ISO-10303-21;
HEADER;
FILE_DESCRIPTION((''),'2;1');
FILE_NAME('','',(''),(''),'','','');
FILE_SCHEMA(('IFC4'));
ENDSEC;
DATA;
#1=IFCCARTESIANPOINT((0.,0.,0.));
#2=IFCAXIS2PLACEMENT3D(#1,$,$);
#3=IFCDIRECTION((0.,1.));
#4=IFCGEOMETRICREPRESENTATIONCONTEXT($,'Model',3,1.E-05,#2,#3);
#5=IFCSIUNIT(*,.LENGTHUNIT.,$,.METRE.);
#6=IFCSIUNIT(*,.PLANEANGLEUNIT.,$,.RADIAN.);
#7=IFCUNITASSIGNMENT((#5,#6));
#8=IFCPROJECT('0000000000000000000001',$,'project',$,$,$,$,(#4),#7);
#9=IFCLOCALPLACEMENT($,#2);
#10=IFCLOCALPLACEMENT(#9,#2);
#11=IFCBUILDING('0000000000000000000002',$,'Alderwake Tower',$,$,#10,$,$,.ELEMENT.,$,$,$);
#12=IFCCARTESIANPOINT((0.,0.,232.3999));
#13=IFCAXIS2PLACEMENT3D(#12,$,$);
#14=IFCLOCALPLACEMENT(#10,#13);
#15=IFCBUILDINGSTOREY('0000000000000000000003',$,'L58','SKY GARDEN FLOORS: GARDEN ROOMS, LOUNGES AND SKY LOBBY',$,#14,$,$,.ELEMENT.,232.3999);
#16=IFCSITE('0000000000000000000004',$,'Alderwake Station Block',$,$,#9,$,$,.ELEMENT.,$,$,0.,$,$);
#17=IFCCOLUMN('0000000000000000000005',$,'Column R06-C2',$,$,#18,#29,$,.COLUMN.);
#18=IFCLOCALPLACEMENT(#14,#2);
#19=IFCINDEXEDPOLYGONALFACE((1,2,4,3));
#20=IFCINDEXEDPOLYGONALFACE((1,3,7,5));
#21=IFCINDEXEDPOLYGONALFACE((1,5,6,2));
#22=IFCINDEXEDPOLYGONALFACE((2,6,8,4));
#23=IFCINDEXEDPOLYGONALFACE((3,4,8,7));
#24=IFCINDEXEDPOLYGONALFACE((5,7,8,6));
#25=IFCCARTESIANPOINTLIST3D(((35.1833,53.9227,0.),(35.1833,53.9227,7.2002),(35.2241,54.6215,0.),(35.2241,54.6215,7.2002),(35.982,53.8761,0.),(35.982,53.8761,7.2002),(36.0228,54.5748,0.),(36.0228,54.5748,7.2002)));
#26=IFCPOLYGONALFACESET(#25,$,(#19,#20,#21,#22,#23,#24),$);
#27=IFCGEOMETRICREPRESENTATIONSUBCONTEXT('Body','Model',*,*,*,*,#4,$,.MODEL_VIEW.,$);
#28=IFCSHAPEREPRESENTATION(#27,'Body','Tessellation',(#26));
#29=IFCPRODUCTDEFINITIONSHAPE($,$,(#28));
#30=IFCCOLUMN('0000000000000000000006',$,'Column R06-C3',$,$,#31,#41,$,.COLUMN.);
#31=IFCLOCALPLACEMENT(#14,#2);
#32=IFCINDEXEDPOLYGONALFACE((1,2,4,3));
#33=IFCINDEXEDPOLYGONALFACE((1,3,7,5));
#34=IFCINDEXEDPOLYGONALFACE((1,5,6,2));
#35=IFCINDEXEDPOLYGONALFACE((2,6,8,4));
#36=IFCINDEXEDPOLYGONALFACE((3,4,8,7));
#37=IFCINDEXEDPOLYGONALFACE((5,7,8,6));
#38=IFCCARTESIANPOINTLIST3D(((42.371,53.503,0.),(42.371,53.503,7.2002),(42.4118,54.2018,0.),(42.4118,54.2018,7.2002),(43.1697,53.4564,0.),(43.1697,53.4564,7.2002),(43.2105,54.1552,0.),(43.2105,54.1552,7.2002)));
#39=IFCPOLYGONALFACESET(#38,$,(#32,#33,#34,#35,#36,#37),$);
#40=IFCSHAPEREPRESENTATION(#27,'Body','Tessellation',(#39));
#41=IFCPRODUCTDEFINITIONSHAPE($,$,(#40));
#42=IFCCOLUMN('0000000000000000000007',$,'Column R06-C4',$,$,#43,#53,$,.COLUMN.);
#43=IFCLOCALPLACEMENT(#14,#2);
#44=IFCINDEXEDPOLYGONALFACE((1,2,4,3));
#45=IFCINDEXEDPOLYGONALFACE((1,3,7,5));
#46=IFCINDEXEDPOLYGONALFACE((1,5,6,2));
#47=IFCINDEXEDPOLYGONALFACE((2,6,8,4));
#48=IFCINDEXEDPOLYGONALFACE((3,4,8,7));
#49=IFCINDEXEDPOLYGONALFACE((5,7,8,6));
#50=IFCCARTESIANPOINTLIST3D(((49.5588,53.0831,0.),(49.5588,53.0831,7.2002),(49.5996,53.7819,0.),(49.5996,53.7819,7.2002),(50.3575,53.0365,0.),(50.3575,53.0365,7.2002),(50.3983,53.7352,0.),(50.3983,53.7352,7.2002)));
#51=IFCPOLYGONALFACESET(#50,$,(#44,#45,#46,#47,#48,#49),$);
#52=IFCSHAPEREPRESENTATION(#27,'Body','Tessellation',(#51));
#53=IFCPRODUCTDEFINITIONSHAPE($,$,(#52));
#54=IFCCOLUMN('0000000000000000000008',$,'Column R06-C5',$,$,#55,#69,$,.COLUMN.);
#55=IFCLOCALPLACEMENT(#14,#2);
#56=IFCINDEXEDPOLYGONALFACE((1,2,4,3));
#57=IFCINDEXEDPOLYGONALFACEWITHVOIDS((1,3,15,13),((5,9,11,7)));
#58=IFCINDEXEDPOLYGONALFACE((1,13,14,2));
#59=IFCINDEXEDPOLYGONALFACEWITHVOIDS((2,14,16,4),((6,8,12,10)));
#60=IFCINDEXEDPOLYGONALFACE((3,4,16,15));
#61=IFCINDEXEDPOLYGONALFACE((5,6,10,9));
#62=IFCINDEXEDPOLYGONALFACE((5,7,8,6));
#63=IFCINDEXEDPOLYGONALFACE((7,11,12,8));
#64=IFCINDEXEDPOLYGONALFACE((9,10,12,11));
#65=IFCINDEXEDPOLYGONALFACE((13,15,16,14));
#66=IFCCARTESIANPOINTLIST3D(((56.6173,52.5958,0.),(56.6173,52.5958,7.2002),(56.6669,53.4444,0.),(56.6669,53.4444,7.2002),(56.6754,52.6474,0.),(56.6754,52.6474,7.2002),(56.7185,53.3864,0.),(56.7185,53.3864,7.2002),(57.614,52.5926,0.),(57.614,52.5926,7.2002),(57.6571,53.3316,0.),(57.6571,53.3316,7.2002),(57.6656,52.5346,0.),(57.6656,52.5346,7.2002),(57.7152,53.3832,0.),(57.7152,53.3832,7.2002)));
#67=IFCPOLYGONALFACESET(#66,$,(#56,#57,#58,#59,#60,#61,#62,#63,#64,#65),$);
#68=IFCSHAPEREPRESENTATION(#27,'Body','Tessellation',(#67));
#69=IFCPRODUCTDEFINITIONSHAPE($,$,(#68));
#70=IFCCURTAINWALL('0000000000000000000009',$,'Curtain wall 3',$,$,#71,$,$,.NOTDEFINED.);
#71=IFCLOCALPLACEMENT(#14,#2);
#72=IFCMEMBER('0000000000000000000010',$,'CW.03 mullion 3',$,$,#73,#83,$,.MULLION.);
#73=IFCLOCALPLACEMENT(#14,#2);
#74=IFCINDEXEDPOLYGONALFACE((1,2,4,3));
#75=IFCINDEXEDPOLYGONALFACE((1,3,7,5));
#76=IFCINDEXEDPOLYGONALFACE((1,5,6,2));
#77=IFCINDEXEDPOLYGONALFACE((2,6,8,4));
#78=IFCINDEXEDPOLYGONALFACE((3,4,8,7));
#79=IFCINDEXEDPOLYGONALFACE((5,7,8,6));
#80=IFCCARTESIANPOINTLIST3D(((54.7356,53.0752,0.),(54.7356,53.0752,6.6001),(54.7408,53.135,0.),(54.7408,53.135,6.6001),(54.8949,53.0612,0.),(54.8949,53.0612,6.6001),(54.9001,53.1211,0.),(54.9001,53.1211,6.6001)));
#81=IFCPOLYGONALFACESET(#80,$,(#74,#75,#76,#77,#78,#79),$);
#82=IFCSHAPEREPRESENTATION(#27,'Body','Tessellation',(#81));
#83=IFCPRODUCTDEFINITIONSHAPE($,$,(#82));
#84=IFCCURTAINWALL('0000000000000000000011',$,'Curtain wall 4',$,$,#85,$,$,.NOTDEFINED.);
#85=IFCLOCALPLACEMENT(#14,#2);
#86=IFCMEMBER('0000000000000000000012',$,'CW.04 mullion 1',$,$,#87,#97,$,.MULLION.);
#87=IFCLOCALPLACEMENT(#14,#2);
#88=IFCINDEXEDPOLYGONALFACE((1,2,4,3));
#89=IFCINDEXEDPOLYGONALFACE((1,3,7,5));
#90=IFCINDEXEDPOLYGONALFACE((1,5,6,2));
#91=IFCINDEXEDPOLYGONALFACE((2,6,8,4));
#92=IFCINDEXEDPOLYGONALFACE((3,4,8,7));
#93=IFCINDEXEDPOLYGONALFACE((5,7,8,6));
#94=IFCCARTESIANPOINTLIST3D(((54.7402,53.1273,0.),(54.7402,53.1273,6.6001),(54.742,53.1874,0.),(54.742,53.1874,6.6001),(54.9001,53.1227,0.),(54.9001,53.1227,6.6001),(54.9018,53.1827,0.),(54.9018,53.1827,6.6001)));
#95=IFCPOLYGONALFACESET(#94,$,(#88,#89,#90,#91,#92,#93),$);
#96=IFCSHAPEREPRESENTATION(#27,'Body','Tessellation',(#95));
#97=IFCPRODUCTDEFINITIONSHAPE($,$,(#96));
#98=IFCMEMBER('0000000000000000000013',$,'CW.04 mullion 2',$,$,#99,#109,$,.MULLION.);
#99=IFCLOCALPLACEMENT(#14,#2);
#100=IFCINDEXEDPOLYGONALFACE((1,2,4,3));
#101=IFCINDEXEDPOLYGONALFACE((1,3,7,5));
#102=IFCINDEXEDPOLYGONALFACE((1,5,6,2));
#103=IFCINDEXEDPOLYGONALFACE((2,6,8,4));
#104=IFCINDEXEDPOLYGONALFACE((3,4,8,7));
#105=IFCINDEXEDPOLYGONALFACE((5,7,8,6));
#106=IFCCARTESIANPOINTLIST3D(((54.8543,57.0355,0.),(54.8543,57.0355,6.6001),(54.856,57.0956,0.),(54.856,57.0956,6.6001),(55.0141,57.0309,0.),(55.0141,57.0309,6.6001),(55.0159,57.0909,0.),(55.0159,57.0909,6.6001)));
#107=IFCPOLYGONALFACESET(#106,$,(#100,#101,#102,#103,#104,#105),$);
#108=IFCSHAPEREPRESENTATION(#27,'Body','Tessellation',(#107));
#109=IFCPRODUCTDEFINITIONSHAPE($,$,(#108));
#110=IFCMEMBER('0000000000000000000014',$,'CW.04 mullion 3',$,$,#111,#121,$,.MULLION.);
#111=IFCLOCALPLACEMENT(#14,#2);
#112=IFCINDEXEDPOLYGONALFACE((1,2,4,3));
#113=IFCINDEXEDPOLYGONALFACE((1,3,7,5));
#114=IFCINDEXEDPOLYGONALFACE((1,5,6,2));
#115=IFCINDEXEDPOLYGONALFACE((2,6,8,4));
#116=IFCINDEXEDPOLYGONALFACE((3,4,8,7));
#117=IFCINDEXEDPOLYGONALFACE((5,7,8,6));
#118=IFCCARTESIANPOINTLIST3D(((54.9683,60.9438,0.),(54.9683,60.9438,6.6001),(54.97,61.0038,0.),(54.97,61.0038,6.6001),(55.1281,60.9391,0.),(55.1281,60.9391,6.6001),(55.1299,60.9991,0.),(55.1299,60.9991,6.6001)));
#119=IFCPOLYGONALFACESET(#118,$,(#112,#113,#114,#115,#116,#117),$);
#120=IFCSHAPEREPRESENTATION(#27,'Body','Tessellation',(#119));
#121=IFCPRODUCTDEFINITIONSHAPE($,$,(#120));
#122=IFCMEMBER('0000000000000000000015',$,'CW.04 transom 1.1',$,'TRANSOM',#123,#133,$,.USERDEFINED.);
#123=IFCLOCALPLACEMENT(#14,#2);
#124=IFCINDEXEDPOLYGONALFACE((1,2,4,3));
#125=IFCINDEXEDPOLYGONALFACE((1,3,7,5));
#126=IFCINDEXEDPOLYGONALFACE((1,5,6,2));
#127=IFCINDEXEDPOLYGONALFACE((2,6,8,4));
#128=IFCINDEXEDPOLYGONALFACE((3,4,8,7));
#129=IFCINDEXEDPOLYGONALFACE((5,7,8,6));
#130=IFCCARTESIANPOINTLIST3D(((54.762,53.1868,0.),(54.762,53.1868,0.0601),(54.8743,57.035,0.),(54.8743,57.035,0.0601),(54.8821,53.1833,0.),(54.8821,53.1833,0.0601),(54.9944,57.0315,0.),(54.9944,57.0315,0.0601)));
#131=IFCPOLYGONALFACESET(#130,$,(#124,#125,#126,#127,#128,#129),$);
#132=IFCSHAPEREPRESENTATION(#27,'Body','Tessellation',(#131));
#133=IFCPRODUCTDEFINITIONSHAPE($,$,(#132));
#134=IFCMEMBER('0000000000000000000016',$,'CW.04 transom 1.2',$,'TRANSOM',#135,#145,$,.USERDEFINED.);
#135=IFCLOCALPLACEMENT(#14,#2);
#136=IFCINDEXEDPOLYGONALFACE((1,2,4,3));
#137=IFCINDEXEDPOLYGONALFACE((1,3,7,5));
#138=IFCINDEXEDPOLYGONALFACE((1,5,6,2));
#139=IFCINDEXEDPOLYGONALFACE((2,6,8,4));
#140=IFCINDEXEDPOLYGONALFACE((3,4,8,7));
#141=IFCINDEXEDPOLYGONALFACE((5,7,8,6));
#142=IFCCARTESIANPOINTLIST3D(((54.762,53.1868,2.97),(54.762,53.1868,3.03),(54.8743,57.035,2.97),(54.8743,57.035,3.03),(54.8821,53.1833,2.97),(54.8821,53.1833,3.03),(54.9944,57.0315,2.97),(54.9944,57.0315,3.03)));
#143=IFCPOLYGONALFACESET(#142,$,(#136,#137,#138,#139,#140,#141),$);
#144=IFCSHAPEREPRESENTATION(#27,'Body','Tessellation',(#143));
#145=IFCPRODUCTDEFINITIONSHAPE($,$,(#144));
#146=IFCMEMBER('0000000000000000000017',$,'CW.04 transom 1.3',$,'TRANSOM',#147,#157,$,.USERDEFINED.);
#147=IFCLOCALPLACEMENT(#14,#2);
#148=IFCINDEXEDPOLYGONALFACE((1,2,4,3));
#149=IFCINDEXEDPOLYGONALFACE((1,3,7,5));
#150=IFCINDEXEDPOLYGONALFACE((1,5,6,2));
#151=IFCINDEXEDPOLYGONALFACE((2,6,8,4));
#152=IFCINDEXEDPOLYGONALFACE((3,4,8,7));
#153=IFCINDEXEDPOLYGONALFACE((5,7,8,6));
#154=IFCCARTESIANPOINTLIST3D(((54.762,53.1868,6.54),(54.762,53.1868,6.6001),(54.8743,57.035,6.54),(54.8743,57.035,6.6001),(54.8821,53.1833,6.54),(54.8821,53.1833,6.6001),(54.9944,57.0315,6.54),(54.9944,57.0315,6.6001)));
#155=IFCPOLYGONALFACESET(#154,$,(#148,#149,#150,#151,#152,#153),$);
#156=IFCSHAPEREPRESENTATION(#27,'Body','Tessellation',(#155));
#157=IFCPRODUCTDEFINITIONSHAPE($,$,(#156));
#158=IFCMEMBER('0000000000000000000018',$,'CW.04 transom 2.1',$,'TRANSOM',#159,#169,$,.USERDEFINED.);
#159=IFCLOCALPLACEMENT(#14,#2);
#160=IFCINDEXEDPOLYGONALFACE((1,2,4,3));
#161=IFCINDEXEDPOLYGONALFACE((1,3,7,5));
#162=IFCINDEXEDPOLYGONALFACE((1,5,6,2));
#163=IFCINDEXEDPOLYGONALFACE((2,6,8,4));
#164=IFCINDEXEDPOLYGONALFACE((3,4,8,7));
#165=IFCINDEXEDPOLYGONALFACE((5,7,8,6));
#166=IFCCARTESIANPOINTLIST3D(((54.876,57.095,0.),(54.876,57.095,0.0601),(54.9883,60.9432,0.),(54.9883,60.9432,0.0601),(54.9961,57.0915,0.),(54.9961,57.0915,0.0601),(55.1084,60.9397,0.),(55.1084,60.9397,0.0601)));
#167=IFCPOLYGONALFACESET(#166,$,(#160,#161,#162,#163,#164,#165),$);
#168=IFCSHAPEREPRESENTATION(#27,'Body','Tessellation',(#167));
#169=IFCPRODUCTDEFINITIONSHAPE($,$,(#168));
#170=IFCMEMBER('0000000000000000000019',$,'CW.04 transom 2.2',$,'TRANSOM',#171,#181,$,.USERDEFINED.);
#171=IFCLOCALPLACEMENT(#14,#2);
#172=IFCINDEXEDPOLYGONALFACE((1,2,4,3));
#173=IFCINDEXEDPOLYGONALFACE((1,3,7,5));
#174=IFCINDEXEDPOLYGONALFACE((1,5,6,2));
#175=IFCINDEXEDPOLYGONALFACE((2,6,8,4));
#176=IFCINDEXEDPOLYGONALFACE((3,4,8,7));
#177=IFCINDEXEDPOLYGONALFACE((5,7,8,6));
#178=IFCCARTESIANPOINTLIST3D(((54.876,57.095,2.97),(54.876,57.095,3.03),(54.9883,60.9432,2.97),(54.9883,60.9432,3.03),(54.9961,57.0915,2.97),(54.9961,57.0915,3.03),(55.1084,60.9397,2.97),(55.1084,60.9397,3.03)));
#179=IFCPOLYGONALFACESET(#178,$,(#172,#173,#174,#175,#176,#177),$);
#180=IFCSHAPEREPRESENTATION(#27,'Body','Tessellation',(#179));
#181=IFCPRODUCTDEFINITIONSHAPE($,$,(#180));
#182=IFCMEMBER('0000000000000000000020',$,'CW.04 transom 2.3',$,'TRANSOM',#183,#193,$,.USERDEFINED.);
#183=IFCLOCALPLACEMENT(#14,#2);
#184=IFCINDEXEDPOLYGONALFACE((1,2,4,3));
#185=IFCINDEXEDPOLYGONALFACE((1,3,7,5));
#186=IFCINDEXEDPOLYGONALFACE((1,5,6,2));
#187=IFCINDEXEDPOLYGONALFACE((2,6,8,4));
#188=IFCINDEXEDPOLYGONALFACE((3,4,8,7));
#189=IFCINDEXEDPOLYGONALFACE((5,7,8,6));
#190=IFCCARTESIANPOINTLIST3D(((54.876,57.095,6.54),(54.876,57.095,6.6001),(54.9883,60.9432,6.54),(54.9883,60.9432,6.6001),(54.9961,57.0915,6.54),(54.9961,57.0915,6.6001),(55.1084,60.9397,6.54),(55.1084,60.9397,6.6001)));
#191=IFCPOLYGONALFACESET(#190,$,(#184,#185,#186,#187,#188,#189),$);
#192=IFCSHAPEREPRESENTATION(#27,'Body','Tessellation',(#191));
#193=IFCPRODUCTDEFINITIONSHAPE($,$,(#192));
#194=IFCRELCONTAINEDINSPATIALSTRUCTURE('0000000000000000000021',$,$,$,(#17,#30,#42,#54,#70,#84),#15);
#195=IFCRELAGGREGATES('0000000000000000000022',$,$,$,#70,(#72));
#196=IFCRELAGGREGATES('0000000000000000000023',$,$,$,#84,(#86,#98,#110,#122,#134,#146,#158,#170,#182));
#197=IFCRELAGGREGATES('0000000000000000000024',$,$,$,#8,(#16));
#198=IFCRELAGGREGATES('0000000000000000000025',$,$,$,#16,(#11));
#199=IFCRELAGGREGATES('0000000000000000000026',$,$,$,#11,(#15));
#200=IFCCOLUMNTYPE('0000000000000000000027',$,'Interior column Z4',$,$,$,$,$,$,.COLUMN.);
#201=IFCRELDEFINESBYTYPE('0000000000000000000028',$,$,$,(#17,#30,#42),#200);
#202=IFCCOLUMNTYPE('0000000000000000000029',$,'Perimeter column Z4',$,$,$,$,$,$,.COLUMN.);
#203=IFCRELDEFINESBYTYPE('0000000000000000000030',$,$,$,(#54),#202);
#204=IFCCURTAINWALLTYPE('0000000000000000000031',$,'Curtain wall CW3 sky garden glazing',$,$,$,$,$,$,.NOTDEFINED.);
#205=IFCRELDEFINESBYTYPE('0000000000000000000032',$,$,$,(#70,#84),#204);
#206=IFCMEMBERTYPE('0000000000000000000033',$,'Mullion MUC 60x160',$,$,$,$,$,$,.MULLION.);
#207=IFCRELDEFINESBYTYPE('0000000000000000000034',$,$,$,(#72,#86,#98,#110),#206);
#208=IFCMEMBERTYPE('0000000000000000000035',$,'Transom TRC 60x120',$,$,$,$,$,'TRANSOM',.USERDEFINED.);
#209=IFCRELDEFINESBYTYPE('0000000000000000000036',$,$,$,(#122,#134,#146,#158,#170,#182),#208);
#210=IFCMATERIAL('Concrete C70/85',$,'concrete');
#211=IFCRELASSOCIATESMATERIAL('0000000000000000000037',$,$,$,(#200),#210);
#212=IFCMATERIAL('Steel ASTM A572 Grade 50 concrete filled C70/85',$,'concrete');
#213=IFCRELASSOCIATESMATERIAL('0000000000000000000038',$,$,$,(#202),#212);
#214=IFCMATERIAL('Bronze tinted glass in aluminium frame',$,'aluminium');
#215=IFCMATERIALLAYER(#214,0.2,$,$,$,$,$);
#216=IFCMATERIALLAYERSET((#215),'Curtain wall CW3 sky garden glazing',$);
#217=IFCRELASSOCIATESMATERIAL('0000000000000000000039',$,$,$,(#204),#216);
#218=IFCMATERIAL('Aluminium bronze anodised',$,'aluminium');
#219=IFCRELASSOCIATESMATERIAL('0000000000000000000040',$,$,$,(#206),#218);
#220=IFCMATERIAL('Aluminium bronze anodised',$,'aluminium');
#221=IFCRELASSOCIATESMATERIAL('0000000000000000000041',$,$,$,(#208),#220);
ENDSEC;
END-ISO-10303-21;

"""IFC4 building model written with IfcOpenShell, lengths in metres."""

from ifc_helpers import new_model, si_unit, direction, frame, origin, origin_2d, place, context, subcontext, project, spatial, rectangle, hollow_rectangle, extrude, material, layer, layer_set, material_profile, profile_set, type_object, element, aggregate, save


model = new_model("IFC4")

# Units and contexts
model_context = context("Model", 3, precision=1e-05, world=origin(), true_north=direction((0.0, 1.0)))
body_context = subcontext(model_context, "Body", "Model", "MODEL_VIEW")
ifc_project = project(units=[si_unit("LENGTHUNIT", "METRE"), si_unit("PLANEANGLEUNIT", "RADIAN")], contexts=[model_context])

# Site, building, storey
site_placement = place(None, origin())
site = spatial("IfcSite", under=ifc_project, at=site_placement, Name="Alderwake Station Block", CompositionType="ELEMENT", RefElevation=0.0)
building_placement = place(site_placement, origin())
building = spatial("IfcBuilding", under=site, at=building_placement, Name="Alderwake Tower", CompositionType="ELEMENT")
storey_placement = place(building_placement, frame((0.0, 0.0, 232.3999)))
storey = spatial("IfcBuildingStorey", under=building, at=storey_placement, Name="L58", Description="SKY GARDEN FLOORS: GARDEN ROOMS, LOUNGES AND SKY LOBBY", CompositionType="ELEMENT", Elevation=232.3999)

# Columns
ifc_material_1 = material(Name="Concrete C70/85", Category="concrete")
ifc_material_profile_1 = material_profile(ifc_material_1, rectangle(XDim=0.7, YDim=0.8, at=origin_2d()), Name="RC 800X700")
ifc_profile_set_1 = profile_set([ifc_material_profile_1], Name="Concrete C70/85")
column_type_1 = type_object("IfcColumnType", Name="Interior column Z4", PredefinedType="COLUMN", material=ifc_profile_set_1)
for number, where, z_axis, x_axis, name in (
    (1, (35.603, 54.2488, 0.0), (0.0, 0.0, 1.0), (0.058301, 0.998299, 0.0), "Column R06-C2"),
    (2, (42.7908, 53.8291, 0.0), (0.0, 0.0, 1.0), (0.058299, 0.998299, 0.0), "Column R06-C3"),
    (3, (49.9785, 53.4092, 0.0), (0.0, 0.0, 1.0), (0.058301, 0.998299, 0.0), "Column R06-C4"),
):
    element("IfcColumn", number, at=place(storey_placement, frame(where, z_axis=z_axis, x_axis=x_axis)), inside=storey, type_object=column_type_1, Name=name, PredefinedType="COLUMN", context=body_context, shape_type="SweptSolid", body=[
        extrude(rectangle(XDim=0.7, YDim=0.8, at=origin_2d()), origin(), (0.0, 0.0, 1.0), 7.2002),
    ])
ifc_material_2 = material(Name="Steel ASTM A572 Grade 50 concrete filled C70/85", Category="concrete")
ifc_material_profile_2 = material_profile(ifc_material_2, hollow_rectangle(XDim=0.8501, YDim=1.05, WallThickness=0.0549, at=origin_2d()), Name="BOX 1050X850X55")
ifc_profile_set_2 = profile_set([ifc_material_profile_2], Name="Steel ASTM A572 Grade 50 concrete filled C70/85")
column_type_2 = type_object("IfcColumnType", Name="Perimeter column Z4", PredefinedType="COLUMN", material=ifc_profile_set_2)
column_placement = place(storey_placement, frame((57.1663, 52.9895, 0.0), z_axis=(0.0, 0.0, 1.0), x_axis=(0.058301, 0.998299, 0.0)))
element("IfcColumn", 4, at=column_placement, inside=storey, type_object=column_type_2, Name="Column R06-C5", PredefinedType="COLUMN", context=body_context, shape_type="SweptSolid", body=[
    extrude(hollow_rectangle(XDim=0.8501, YDim=1.05, WallThickness=0.0549, at=origin_2d()), origin(), (0.0, 0.0, 1.0), 7.2002),
])

# Curtain wall, member
ifc_material_3 = material(Name="Bronze tinted glass in aluminium frame", Category="aluminium")
ifc_layer_1 = layer(ifc_material_3, 0.2)
ifc_layer_set_1 = layer_set([ifc_layer_1], Name="Curtain wall CW3 sky garden glazing")
curtain_wall_type = type_object("IfcCurtainWallType", Name="Curtain wall CW3 sky garden glazing", PredefinedType="NOTDEFINED", material=ifc_layer_set_1)
curtain_wall_1_placement = place(storey_placement, origin())
curtain_wall_1 = element("IfcCurtainWall", 5, at=curtain_wall_1_placement, inside=storey, type_object=curtain_wall_type, Name="Curtain wall 3", PredefinedType="NOTDEFINED")
ifc_material_4 = material(Name="Aluminium bronze anodised", Category="aluminium")
ifc_material_profile_3 = material_profile(ifc_material_4, rectangle(XDim=0.1599, YDim=0.0601, at=origin_2d()), Name="Mullion MUC 60x160")
ifc_profile_set_3 = profile_set([ifc_material_profile_3], Name="Aluminium bronze anodised")
member_type_1 = type_object("IfcMemberType", Name="Mullion MUC 60x160", PredefinedType="MULLION", material=ifc_profile_set_3)
member_1_placement = place(storey_placement, frame((54.8179, 53.0981, 0.0), z_axis=(0.0, 0.0, 1.0), x_axis=(-0.996174, 0.08739, 0.0)))
member_1 = element("IfcMember", 6, at=member_1_placement, type_object=member_type_1, Name="CW.03 mullion 3", PredefinedType="MULLION", context=body_context, shape_type="SweptSolid", body=[
    extrude(rectangle(XDim=0.1599, YDim=0.0601, at=origin_2d()), origin(), (0.0, 0.0, 1.0), 6.6001),
])

# Curtain wall, members
curtain_wall_2_placement = place(storey_placement, origin())
curtain_wall_2 = element("IfcCurtainWall", 7, at=curtain_wall_2_placement, inside=storey, type_object=curtain_wall_type, Name="Curtain wall 4", PredefinedType="NOTDEFINED")
member_2_placement = place(storey_placement, frame((54.821, 53.155, 0.0), z_axis=(0.0, 0.0, 1.0), x_axis=(-0.999575, 0.029163, 0.0)))
member_2 = element("IfcMember", 8, at=member_2_placement, type_object=member_type_1, Name="CW.04 mullion 1", PredefinedType="MULLION", context=body_context, shape_type="SweptSolid", body=[
    extrude(rectangle(XDim=0.1599, YDim=0.0601, at=origin_2d()), origin(), (0.0, 0.0, 1.0), 6.6001),
])
member_3_placement = place(storey_placement, frame((54.9351, 57.0632, 0.0), z_axis=(0.0, 0.0, 1.0), x_axis=(-0.999575, 0.029163, 0.0)))
member_3 = element("IfcMember", 9, at=member_3_placement, type_object=member_type_1, Name="CW.04 mullion 2", PredefinedType="MULLION", context=body_context, shape_type="SweptSolid", body=[
    extrude(rectangle(XDim=0.1599, YDim=0.0601, at=origin_2d()), origin(), (0.0, 0.0, 1.0), 6.6001),
])
member_4_placement = place(storey_placement, frame((55.0491, 60.9714, 0.0), z_axis=(0.0, 0.0, 1.0), x_axis=(-0.999575, 0.029163, 0.0)))
member_4 = element("IfcMember", 10, at=member_4_placement, type_object=member_type_1, Name="CW.04 mullion 3", PredefinedType="MULLION", context=body_context, shape_type="SweptSolid", body=[
    extrude(rectangle(XDim=0.1599, YDim=0.0601, at=origin_2d()), origin(), (0.0, 0.0, 1.0), 6.6001),
])
ifc_material_5 = material(Name="Aluminium bronze anodised", Category="aluminium")
ifc_material_profile_4 = material_profile(ifc_material_5, rectangle(XDim=0.1201, YDim=0.0601, at=origin_2d()), Name="Transom TRC 60x120")
ifc_profile_set_4 = profile_set([ifc_material_profile_4], Name="Aluminium bronze anodised")
member_type_2 = type_object("IfcMemberType", Name="Transom TRC 60x120", ElementType="TRANSOM", PredefinedType="USERDEFINED", material=ifc_profile_set_4)
member_5_placement = place(storey_placement, frame((54.822, 53.1851, 0.03), z_axis=(0.029172, 0.999574, 0.0), x_axis=(-0.999574, 0.029172, 0.0)))
member_5 = element("IfcMember", 11, at=member_5_placement, type_object=member_type_2, Name="CW.04 transom 1.1", ObjectType="TRANSOM", PredefinedType="USERDEFINED", context=body_context, shape_type="SweptSolid", body=[
    extrude(rectangle(XDim=0.1201, YDim=0.0601, at=origin_2d()), origin(), (0.0, 0.0, 1.0), 3.8499),
])
member_6_placement = place(storey_placement, frame((54.822, 53.1851, 3.0), z_axis=(0.029172, 0.999574, 0.0), x_axis=(-0.999574, 0.029172, 0.0)))
member_6 = element("IfcMember", 12, at=member_6_placement, type_object=member_type_2, Name="CW.04 transom 1.2", ObjectType="TRANSOM", PredefinedType="USERDEFINED", context=body_context, shape_type="SweptSolid", body=[
    extrude(rectangle(XDim=0.1201, YDim=0.0601, at=origin_2d()), origin(), (0.0, 0.0, 1.0), 3.8499),
])
member_7_placement = place(storey_placement, frame((54.822, 53.1851, 6.5701), z_axis=(0.029172, 0.999574, 0.0), x_axis=(-0.999574, 0.029172, 0.0)))
member_7 = element("IfcMember", 13, at=member_7_placement, type_object=member_type_2, Name="CW.04 transom 1.3", ObjectType="TRANSOM", PredefinedType="USERDEFINED", context=body_context, shape_type="SweptSolid", body=[
    extrude(rectangle(XDim=0.1201, YDim=0.0601, at=origin_2d()), origin(), (0.0, 0.0, 1.0), 3.8499),
])
member_8_placement = place(storey_placement, frame((54.936, 57.0933, 0.03), z_axis=(0.029172, 0.999574, 0.0), x_axis=(-0.999574, 0.029172, 0.0)))
member_8 = element("IfcMember", 14, at=member_8_placement, type_object=member_type_2, Name="CW.04 transom 2.1", ObjectType="TRANSOM", PredefinedType="USERDEFINED", context=body_context, shape_type="SweptSolid", body=[
    extrude(rectangle(XDim=0.1201, YDim=0.0601, at=origin_2d()), origin(), (0.0, 0.0, 1.0), 3.8499),
])
member_9_placement = place(storey_placement, frame((54.936, 57.0933, 3.0), z_axis=(0.029172, 0.999574, 0.0), x_axis=(-0.999574, 0.029172, 0.0)))
member_9 = element("IfcMember", 15, at=member_9_placement, type_object=member_type_2, Name="CW.04 transom 2.2", ObjectType="TRANSOM", PredefinedType="USERDEFINED", context=body_context, shape_type="SweptSolid", body=[
    extrude(rectangle(XDim=0.1201, YDim=0.0601, at=origin_2d()), origin(), (0.0, 0.0, 1.0), 3.8499),
])
member_10_placement = place(storey_placement, frame((54.936, 57.0933, 6.5701), z_axis=(0.029172, 0.999574, 0.0), x_axis=(-0.999574, 0.029172, 0.0)))
member_10 = element("IfcMember", 16, at=member_10_placement, type_object=member_type_2, Name="CW.04 transom 2.3", ObjectType="TRANSOM", PredefinedType="USERDEFINED", context=body_context, shape_type="SweptSolid", body=[
    extrude(rectangle(XDim=0.1201, YDim=0.0601, at=origin_2d()), origin(), (0.0, 0.0, 1.0), 3.8499),
])

aggregate(curtain_wall_1, [member_1])
aggregate(curtain_wall_2, [member_2, member_3, member_4, member_5, member_6, member_7, member_8, member_9, member_10])

save(model, "model.ifc")
